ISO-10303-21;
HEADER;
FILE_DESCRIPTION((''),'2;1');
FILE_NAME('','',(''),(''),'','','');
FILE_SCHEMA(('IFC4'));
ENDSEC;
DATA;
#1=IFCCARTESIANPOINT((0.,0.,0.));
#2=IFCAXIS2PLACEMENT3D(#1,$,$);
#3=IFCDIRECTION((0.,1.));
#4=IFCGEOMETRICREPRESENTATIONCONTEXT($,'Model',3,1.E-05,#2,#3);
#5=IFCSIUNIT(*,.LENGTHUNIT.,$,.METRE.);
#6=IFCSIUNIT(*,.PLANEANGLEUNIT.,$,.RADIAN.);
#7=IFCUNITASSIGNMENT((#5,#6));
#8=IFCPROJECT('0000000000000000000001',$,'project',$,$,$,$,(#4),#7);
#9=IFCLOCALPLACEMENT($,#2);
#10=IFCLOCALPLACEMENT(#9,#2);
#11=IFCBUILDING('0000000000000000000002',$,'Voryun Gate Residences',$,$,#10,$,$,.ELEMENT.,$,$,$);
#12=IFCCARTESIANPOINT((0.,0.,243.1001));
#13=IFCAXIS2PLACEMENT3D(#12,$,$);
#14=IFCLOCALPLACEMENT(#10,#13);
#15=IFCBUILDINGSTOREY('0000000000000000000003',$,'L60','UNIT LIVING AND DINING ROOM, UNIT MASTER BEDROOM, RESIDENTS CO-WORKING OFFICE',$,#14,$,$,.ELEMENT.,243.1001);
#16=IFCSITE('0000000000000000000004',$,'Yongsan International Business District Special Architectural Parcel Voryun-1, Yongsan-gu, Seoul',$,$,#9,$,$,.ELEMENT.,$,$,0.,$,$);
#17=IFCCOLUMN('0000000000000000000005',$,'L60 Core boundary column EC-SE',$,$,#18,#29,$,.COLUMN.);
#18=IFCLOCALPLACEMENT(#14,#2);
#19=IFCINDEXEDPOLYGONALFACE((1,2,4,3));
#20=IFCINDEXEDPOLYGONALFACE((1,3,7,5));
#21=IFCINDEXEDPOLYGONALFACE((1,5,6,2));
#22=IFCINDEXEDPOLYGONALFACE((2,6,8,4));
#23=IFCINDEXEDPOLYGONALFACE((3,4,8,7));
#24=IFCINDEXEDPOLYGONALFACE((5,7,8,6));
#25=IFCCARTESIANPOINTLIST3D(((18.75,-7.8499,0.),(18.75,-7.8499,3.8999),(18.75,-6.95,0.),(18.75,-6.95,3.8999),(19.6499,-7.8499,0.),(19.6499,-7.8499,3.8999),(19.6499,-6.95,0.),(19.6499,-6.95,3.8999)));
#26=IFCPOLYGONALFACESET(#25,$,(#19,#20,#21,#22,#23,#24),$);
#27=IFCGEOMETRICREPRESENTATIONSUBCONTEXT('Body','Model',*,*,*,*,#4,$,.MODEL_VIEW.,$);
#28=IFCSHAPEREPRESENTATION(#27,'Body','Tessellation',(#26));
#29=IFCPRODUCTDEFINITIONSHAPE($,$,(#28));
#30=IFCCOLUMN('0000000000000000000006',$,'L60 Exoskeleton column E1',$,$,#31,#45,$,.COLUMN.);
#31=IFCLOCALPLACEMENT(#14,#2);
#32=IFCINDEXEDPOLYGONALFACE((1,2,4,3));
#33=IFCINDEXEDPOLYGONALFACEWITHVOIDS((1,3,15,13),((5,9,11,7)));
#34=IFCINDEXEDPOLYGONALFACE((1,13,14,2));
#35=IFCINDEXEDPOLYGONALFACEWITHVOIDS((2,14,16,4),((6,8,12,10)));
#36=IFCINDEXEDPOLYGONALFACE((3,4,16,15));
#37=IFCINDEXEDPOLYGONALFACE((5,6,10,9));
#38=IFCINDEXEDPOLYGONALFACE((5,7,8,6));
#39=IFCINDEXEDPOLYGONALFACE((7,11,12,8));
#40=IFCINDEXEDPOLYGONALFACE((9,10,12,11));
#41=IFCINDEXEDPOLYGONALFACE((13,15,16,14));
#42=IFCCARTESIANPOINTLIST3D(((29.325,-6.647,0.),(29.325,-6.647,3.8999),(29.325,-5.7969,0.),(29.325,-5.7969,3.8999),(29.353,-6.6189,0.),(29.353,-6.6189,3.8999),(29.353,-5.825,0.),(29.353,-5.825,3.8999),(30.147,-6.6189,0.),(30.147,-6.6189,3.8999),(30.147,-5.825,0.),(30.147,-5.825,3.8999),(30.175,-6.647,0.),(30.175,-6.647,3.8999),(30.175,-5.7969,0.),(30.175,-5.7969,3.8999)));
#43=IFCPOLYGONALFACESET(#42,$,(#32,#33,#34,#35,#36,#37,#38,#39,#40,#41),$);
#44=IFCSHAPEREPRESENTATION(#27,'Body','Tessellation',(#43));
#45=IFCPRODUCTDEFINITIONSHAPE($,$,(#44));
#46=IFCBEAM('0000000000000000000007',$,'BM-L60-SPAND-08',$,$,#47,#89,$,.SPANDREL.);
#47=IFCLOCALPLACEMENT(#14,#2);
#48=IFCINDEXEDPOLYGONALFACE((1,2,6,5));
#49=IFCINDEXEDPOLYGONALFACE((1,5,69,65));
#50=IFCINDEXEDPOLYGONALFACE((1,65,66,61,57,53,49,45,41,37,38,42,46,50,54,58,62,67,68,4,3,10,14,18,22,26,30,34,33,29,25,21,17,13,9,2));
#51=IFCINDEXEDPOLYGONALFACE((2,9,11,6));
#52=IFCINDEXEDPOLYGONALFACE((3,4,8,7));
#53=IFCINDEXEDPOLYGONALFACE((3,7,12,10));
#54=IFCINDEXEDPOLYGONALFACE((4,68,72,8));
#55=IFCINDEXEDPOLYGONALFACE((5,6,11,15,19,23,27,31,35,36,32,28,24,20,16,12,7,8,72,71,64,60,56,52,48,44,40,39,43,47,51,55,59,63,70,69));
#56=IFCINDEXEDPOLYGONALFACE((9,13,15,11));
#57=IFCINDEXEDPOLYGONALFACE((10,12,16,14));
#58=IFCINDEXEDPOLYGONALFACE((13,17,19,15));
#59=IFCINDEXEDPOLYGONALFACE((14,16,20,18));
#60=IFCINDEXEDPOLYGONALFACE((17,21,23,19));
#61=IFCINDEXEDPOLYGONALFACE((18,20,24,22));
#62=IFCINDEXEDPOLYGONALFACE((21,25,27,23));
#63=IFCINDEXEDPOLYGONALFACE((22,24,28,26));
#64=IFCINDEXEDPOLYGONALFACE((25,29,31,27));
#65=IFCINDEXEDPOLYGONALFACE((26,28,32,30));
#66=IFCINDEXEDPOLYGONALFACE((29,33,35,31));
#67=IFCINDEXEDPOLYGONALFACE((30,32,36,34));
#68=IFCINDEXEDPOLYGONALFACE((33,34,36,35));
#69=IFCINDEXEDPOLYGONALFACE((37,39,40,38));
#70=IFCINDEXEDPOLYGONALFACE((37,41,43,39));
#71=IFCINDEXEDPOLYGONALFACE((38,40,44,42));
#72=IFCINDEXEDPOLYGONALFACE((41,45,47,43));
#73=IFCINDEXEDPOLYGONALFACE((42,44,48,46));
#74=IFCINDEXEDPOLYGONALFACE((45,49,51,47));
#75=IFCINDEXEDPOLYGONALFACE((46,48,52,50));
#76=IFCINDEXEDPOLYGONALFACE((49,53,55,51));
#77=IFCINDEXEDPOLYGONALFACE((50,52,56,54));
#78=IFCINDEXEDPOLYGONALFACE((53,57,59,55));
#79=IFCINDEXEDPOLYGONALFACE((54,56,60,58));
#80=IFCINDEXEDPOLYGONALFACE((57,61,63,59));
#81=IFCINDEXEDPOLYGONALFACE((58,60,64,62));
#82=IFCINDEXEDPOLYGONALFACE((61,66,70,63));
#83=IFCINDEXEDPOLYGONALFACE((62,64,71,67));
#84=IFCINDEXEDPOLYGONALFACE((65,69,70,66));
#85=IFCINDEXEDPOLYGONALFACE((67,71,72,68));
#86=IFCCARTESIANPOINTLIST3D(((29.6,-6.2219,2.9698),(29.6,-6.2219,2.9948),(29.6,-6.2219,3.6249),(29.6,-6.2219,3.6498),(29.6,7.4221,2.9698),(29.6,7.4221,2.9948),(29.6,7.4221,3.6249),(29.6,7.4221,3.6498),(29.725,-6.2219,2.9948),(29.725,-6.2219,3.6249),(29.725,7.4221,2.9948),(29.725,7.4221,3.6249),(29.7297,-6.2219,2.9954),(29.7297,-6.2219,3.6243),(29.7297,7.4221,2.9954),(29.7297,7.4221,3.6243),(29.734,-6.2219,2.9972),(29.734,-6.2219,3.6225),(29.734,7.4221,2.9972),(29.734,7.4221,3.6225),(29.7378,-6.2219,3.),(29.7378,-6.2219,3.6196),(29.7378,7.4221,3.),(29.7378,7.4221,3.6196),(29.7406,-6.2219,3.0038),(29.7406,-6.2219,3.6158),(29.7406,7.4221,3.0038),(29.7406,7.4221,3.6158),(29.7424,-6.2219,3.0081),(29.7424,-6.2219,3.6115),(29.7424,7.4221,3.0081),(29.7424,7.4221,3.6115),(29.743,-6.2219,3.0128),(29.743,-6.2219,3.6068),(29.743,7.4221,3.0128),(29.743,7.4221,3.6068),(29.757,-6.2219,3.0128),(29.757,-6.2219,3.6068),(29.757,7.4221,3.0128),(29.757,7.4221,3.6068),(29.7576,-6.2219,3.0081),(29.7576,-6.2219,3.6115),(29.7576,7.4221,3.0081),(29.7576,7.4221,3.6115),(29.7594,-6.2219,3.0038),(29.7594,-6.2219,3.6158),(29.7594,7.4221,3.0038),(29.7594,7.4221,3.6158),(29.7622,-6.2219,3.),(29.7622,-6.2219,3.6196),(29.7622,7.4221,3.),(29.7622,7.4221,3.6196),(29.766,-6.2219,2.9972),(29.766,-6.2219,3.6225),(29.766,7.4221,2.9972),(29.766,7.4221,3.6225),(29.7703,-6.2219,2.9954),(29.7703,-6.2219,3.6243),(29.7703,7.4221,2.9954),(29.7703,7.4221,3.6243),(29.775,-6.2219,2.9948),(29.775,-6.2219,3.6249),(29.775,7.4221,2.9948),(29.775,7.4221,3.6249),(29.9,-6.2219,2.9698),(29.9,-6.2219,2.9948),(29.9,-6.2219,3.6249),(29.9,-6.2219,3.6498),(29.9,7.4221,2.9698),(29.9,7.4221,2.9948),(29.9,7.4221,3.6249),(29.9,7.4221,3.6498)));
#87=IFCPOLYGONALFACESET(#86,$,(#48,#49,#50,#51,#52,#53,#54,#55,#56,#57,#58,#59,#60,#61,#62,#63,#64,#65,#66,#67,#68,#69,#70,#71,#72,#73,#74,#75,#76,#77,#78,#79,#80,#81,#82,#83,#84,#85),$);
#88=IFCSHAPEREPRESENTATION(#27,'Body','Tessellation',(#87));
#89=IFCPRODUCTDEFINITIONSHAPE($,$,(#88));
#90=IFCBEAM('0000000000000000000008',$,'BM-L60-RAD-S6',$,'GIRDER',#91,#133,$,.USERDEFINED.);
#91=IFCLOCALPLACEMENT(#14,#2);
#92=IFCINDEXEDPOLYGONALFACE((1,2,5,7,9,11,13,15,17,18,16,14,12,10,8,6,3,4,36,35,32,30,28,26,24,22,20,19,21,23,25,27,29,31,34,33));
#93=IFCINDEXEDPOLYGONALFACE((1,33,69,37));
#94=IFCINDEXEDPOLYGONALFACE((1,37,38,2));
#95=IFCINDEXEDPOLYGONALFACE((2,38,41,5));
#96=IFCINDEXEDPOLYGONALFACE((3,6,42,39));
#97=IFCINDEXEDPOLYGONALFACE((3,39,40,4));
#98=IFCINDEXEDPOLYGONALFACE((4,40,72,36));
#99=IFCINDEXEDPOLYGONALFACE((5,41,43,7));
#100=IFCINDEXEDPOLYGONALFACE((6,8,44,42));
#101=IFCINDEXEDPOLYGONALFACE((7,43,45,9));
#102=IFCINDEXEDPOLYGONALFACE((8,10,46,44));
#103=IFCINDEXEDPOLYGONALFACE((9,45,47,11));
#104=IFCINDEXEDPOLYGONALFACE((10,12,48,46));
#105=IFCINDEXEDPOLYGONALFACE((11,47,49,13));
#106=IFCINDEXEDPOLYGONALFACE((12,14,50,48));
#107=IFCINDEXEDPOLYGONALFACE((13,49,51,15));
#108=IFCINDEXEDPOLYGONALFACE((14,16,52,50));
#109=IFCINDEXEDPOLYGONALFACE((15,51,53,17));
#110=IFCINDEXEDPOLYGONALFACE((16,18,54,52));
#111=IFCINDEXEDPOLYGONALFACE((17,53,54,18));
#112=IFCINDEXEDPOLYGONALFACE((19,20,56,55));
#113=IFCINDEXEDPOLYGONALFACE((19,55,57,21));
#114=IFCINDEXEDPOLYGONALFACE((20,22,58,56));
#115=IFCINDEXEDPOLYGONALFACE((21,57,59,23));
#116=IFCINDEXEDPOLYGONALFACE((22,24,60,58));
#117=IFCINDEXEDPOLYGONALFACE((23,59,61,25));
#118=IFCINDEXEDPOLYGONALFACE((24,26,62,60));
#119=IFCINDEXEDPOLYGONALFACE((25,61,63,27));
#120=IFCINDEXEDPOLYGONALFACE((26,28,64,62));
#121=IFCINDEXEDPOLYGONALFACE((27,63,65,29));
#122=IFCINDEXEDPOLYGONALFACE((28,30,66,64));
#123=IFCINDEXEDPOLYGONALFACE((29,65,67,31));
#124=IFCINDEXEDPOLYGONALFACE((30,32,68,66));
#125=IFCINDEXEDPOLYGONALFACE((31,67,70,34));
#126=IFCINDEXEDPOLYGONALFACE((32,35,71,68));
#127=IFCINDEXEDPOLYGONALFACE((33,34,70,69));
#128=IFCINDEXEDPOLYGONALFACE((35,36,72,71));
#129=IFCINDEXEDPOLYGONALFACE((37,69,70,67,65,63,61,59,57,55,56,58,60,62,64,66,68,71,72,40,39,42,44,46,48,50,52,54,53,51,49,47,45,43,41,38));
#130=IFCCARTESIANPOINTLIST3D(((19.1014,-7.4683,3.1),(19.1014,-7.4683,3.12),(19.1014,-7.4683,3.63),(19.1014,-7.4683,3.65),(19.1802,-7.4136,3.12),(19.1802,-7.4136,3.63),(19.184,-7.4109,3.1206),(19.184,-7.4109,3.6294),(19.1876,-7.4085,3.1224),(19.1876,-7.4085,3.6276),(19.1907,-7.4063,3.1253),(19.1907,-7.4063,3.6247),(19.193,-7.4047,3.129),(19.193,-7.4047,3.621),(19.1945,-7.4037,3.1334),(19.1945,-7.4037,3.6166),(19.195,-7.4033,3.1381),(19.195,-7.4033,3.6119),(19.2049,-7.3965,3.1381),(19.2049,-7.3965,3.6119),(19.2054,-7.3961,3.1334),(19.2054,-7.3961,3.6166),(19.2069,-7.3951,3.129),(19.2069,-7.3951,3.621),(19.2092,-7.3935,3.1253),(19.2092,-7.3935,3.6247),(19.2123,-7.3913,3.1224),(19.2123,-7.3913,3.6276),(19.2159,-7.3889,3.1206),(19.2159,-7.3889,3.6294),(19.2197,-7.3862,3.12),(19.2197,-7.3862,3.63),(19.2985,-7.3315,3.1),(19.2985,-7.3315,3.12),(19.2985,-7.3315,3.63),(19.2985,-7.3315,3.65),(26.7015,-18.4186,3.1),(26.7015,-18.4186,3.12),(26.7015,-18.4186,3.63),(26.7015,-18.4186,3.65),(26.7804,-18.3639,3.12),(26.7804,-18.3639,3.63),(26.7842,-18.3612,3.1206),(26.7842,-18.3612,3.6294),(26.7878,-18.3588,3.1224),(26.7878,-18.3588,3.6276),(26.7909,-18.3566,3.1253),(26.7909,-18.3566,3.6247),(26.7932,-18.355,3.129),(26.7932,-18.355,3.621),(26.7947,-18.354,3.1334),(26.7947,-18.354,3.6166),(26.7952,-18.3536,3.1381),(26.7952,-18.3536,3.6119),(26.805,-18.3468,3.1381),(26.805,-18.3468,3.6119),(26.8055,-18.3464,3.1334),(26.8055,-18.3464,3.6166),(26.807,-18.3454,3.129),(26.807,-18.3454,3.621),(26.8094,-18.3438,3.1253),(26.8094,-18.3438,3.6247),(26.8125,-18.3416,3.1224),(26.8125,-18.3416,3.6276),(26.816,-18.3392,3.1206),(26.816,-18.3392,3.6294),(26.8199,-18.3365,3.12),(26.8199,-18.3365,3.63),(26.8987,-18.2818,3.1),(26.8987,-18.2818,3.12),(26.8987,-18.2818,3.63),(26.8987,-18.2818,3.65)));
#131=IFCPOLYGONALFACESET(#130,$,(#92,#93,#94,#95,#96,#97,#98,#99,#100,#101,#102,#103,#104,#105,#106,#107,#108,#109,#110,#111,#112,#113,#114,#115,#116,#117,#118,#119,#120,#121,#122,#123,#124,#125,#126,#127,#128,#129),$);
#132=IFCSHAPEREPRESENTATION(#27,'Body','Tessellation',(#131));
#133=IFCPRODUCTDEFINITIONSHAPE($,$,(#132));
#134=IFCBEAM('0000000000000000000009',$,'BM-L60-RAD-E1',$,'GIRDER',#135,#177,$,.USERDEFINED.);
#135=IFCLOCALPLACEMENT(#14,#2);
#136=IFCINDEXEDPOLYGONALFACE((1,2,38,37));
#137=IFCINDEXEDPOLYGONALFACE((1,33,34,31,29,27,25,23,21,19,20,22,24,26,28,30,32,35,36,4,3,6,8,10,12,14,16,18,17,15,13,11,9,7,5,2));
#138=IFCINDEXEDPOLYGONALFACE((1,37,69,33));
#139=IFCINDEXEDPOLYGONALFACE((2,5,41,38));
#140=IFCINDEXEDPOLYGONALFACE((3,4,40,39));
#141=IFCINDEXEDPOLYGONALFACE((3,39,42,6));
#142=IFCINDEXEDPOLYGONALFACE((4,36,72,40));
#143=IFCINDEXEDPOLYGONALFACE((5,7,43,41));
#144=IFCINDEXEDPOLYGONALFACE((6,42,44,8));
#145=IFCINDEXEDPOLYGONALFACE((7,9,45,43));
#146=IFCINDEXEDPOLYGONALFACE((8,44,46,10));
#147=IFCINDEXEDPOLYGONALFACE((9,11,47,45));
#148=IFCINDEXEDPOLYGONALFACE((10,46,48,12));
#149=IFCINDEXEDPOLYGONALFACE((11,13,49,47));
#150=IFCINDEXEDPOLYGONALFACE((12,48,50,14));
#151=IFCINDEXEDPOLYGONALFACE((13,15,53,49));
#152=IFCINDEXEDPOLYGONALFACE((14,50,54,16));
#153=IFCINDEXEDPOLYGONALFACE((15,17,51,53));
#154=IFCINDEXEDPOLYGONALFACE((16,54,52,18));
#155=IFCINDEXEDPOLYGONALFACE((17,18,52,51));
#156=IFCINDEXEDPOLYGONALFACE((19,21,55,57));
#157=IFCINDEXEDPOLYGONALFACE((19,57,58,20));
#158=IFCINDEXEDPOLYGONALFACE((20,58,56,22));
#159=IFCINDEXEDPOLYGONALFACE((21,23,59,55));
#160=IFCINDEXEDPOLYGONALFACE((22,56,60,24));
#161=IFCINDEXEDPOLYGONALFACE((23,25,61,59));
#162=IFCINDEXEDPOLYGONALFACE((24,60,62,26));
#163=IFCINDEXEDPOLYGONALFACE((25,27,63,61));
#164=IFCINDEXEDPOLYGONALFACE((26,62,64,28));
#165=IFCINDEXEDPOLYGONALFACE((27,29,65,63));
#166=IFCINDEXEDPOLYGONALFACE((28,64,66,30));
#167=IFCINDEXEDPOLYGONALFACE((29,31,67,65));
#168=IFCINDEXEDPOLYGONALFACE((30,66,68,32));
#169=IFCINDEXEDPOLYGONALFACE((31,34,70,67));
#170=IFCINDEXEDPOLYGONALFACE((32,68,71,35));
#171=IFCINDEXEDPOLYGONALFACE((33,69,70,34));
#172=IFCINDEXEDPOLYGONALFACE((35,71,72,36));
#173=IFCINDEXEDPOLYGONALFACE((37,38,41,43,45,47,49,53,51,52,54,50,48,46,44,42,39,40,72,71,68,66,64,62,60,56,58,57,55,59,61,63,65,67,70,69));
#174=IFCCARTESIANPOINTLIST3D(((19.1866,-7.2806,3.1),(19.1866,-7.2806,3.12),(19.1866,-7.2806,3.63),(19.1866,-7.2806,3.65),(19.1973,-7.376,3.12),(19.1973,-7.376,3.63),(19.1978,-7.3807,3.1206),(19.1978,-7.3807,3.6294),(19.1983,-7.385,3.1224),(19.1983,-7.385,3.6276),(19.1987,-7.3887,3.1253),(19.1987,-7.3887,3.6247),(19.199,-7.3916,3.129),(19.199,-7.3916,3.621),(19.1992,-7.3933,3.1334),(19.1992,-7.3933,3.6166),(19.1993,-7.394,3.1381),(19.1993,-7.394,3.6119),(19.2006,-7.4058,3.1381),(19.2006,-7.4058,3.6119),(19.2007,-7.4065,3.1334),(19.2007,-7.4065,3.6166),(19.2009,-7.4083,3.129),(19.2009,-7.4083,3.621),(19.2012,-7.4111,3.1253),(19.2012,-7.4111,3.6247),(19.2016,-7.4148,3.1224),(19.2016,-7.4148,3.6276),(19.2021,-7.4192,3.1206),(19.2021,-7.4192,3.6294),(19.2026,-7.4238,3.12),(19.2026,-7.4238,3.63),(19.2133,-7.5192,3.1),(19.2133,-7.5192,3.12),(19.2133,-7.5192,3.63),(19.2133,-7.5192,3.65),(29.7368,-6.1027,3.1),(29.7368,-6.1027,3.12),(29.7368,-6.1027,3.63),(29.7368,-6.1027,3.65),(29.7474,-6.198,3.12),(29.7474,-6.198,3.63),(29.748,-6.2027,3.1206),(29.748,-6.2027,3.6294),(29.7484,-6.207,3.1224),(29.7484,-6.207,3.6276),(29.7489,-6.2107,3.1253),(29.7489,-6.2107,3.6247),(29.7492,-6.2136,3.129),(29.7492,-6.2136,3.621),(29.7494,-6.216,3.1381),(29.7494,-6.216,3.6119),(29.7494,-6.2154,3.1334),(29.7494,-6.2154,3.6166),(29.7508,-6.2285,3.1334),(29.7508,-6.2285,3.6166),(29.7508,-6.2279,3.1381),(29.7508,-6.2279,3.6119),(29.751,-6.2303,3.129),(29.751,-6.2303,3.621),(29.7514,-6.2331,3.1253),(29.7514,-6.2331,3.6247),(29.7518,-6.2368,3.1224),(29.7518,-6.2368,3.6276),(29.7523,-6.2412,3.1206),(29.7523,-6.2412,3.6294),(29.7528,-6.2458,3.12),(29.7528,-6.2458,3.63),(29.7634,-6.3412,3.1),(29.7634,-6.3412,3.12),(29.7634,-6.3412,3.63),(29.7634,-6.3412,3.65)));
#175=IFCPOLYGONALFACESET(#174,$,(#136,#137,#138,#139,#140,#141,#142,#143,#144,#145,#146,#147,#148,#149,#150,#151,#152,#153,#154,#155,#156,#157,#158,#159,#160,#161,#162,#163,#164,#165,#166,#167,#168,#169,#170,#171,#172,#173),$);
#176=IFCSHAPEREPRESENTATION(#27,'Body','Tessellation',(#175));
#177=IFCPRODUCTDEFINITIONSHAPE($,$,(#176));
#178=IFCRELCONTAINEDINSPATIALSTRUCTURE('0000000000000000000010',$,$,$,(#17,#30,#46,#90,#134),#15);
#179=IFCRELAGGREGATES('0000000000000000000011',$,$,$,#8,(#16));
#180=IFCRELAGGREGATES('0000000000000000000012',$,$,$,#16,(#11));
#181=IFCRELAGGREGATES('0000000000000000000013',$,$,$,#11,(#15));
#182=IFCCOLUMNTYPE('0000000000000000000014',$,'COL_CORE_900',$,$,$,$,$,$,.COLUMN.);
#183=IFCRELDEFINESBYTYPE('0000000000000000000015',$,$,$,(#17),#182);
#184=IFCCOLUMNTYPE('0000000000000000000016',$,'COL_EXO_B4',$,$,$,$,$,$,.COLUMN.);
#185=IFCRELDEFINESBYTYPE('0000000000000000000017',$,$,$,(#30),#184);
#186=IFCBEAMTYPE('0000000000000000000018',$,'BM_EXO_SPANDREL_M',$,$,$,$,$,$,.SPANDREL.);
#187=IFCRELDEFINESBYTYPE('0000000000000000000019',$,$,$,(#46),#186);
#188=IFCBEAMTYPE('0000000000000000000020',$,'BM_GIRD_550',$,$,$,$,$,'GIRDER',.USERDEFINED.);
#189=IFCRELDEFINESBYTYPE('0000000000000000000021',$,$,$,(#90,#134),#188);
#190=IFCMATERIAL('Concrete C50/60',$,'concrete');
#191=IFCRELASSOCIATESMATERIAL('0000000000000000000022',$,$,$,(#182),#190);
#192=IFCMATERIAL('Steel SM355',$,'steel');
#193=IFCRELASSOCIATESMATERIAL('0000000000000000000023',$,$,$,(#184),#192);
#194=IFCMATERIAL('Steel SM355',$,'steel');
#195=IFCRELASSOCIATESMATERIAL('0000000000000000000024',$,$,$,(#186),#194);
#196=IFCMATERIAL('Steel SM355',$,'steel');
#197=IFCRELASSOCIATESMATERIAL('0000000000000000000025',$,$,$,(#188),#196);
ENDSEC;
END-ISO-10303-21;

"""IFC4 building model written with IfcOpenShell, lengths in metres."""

from ifc_helpers import new_model, si_unit, direction, frame, origin, origin_2d, place, context, subcontext, project, spatial, rectangle, hollow_rectangle, i_section, extrude, material, material_profile, profile_set, type_object, element, save


model = new_model("IFC4")

# Units and contexts
model_context = context("Model", 3, precision=1e-05, world=origin(), true_north=direction((0.0, 1.0)))
body_context = subcontext(model_context, "Body", "Model", "MODEL_VIEW")
ifc_project = project(units=[si_unit("LENGTHUNIT", "METRE"), si_unit("PLANEANGLEUNIT", "RADIAN")], contexts=[model_context])

# Site, building, storey
site_placement = place(None, origin())
site = spatial("IfcSite", under=ifc_project, at=site_placement, Name="Yongsan International Business District Special Architectural Parcel Voryun-1, Yongsan-gu, Seoul", CompositionType="ELEMENT", RefElevation=0.0)
building_placement = place(site_placement, origin())
building = spatial("IfcBuilding", under=site, at=building_placement, Name="Voryun Gate Residences", CompositionType="ELEMENT")
storey_placement = place(building_placement, frame((0.0, 0.0, 243.1001)))
storey = spatial("IfcBuildingStorey", under=building, at=storey_placement, Name="L60", Description="UNIT LIVING AND DINING ROOM, UNIT MASTER BEDROOM, RESIDENTS CO-WORKING OFFICE", CompositionType="ELEMENT", Elevation=243.1001)

# Columns
ifc_material_1 = material(Name="Concrete C50/60", Category="concrete")
ifc_material_profile_1 = material_profile(ifc_material_1, rectangle(XDim=0.8999, YDim=0.8999, at=origin_2d()), Name="RC-900x900")
ifc_profile_set_1 = profile_set([ifc_material_profile_1], Name="Concrete C50/60")
column_type_1 = type_object("IfcColumnType", Name="COL_CORE_900", PredefinedType="COLUMN", material=ifc_profile_set_1)
column_1_placement = place(storey_placement, frame((19.2, -7.3999, 0.0), z_axis=(0.0, 0.0, 1.0), x_axis=(1.0, 0.0, 0.0)))
element("IfcColumn", 1, at=column_1_placement, inside=storey, type_object=column_type_1, Name="L60 Core boundary column EC-SE", PredefinedType="COLUMN", context=body_context, shape_type="SweptSolid", body=[
    extrude(rectangle(XDim=0.8999, YDim=0.8999, at=origin_2d()), origin(), (0.0, 0.0, 1.0), 3.8999),
])
ifc_material_2 = material(Name="Steel SM355", Category="steel")
ifc_material_profile_2 = material_profile(ifc_material_2, hollow_rectangle(XDim=0.8501, YDim=0.8501, WallThickness=0.0281, at=origin_2d()), Name="BOX-850x850x28")
ifc_profile_set_2 = profile_set([ifc_material_profile_2], Name="Steel SM355")
column_type_2 = type_object("IfcColumnType", Name="COL_EXO_B4", PredefinedType="COLUMN", material=ifc_profile_set_2)
column_2_placement = place(storey_placement, frame((29.75, -6.2219, 0.0), z_axis=(0.0, 0.0, 1.0), x_axis=(1.0, 0.0, 0.0)))
element("IfcColumn", 2, at=column_2_placement, inside=storey, type_object=column_type_2, Name="L60 Exoskeleton column E1", PredefinedType="COLUMN", context=body_context, shape_type="SweptSolid", body=[
    extrude(hollow_rectangle(XDim=0.8501, YDim=0.8501, WallThickness=0.0281, at=origin_2d()), origin(), (0.0, 0.0, 1.0), 3.8999),
])

# Beams
ifc_material_3 = material(Name="Steel SM355", Category="steel")
ifc_material_profile_3 = material_profile(ifc_material_3, i_section(OverallWidth=0.3, OverallDepth=0.6799, WebThickness=0.0139, FlangeThickness=0.0249, FilletRadius=0.0181, at=origin_2d()), Name="H-680x300x14x25")
ifc_profile_set_3 = profile_set([ifc_material_profile_3], Name="Steel SM355")
beam_type_1 = type_object("IfcBeamType", Name="BM_EXO_SPANDREL_M", PredefinedType="SPANDREL", material=ifc_profile_set_3)
beam_1_placement = place(storey_placement, frame((29.75, -6.2219, 3.3098), z_axis=(0.0, 1.0, 0.0), x_axis=(-1.0, 0.0, 0.0)))
element("IfcBeam", 3, at=beam_1_placement, inside=storey, type_object=beam_type_1, Name="BM-L60-SPAND-08", PredefinedType="SPANDREL", context=body_context, shape_type="SweptSolid", body=[
    extrude(i_section(OverallWidth=0.3, OverallDepth=0.6799, WebThickness=0.0139, FlangeThickness=0.0249, FilletRadius=0.0181, at=origin_2d()), origin(), (0.0, 0.0, 1.0), 13.644),
])
ifc_material_4 = material(Name="Steel SM355", Category="steel")
ifc_material_profile_4 = material_profile(ifc_material_4, i_section(OverallWidth=0.24, OverallDepth=0.55, WebThickness=0.012, FlangeThickness=0.02, FilletRadius=0.0181, at=origin_2d()), Name="H-550x240x12x20")
ifc_profile_set_4 = profile_set([ifc_material_profile_4], Name="Steel SM355")
beam_type_2 = type_object("IfcBeamType", Name="BM_GIRD_550", ElementType="GIRDER", PredefinedType="USERDEFINED", material=ifc_profile_set_4)
beam_2_placement = place(storey_placement, frame((19.2, -7.3999, 3.375), z_axis=(0.570183, -0.821518, 0.0), x_axis=(0.821518, 0.570183, 0.0)))
element("IfcBeam", 4, at=beam_2_placement, inside=storey, type_object=beam_type_2, Name="BM-L60-RAD-S6", ObjectType="GIRDER", PredefinedType="USERDEFINED", context=body_context, shape_type="SweptSolid", body=[
    extrude(i_section(OverallWidth=0.24, OverallDepth=0.55, WebThickness=0.012, FlangeThickness=0.02, FilletRadius=0.0181, at=origin_2d()), origin(), (0.0, 0.0, 1.0), 13.3293),
])
beam_3_placement = place(storey_placement, frame((19.2, -7.3999, 3.375), z_axis=(0.993824, 0.110967, 0.0), x_axis=(-0.110967, 0.993824, 0.0)))
element("IfcBeam", 5, at=beam_3_placement, inside=storey, type_object=beam_type_2, Name="BM-L60-RAD-E1", ObjectType="GIRDER", PredefinedType="USERDEFINED", context=body_context, shape_type="SweptSolid", body=[
    extrude(i_section(OverallWidth=0.24, OverallDepth=0.55, WebThickness=0.012, FlangeThickness=0.02, FilletRadius=0.0181, at=origin_2d()), origin(), (0.0, 0.0, 1.0), 10.6157),
])

save(model, "model.ifc")
